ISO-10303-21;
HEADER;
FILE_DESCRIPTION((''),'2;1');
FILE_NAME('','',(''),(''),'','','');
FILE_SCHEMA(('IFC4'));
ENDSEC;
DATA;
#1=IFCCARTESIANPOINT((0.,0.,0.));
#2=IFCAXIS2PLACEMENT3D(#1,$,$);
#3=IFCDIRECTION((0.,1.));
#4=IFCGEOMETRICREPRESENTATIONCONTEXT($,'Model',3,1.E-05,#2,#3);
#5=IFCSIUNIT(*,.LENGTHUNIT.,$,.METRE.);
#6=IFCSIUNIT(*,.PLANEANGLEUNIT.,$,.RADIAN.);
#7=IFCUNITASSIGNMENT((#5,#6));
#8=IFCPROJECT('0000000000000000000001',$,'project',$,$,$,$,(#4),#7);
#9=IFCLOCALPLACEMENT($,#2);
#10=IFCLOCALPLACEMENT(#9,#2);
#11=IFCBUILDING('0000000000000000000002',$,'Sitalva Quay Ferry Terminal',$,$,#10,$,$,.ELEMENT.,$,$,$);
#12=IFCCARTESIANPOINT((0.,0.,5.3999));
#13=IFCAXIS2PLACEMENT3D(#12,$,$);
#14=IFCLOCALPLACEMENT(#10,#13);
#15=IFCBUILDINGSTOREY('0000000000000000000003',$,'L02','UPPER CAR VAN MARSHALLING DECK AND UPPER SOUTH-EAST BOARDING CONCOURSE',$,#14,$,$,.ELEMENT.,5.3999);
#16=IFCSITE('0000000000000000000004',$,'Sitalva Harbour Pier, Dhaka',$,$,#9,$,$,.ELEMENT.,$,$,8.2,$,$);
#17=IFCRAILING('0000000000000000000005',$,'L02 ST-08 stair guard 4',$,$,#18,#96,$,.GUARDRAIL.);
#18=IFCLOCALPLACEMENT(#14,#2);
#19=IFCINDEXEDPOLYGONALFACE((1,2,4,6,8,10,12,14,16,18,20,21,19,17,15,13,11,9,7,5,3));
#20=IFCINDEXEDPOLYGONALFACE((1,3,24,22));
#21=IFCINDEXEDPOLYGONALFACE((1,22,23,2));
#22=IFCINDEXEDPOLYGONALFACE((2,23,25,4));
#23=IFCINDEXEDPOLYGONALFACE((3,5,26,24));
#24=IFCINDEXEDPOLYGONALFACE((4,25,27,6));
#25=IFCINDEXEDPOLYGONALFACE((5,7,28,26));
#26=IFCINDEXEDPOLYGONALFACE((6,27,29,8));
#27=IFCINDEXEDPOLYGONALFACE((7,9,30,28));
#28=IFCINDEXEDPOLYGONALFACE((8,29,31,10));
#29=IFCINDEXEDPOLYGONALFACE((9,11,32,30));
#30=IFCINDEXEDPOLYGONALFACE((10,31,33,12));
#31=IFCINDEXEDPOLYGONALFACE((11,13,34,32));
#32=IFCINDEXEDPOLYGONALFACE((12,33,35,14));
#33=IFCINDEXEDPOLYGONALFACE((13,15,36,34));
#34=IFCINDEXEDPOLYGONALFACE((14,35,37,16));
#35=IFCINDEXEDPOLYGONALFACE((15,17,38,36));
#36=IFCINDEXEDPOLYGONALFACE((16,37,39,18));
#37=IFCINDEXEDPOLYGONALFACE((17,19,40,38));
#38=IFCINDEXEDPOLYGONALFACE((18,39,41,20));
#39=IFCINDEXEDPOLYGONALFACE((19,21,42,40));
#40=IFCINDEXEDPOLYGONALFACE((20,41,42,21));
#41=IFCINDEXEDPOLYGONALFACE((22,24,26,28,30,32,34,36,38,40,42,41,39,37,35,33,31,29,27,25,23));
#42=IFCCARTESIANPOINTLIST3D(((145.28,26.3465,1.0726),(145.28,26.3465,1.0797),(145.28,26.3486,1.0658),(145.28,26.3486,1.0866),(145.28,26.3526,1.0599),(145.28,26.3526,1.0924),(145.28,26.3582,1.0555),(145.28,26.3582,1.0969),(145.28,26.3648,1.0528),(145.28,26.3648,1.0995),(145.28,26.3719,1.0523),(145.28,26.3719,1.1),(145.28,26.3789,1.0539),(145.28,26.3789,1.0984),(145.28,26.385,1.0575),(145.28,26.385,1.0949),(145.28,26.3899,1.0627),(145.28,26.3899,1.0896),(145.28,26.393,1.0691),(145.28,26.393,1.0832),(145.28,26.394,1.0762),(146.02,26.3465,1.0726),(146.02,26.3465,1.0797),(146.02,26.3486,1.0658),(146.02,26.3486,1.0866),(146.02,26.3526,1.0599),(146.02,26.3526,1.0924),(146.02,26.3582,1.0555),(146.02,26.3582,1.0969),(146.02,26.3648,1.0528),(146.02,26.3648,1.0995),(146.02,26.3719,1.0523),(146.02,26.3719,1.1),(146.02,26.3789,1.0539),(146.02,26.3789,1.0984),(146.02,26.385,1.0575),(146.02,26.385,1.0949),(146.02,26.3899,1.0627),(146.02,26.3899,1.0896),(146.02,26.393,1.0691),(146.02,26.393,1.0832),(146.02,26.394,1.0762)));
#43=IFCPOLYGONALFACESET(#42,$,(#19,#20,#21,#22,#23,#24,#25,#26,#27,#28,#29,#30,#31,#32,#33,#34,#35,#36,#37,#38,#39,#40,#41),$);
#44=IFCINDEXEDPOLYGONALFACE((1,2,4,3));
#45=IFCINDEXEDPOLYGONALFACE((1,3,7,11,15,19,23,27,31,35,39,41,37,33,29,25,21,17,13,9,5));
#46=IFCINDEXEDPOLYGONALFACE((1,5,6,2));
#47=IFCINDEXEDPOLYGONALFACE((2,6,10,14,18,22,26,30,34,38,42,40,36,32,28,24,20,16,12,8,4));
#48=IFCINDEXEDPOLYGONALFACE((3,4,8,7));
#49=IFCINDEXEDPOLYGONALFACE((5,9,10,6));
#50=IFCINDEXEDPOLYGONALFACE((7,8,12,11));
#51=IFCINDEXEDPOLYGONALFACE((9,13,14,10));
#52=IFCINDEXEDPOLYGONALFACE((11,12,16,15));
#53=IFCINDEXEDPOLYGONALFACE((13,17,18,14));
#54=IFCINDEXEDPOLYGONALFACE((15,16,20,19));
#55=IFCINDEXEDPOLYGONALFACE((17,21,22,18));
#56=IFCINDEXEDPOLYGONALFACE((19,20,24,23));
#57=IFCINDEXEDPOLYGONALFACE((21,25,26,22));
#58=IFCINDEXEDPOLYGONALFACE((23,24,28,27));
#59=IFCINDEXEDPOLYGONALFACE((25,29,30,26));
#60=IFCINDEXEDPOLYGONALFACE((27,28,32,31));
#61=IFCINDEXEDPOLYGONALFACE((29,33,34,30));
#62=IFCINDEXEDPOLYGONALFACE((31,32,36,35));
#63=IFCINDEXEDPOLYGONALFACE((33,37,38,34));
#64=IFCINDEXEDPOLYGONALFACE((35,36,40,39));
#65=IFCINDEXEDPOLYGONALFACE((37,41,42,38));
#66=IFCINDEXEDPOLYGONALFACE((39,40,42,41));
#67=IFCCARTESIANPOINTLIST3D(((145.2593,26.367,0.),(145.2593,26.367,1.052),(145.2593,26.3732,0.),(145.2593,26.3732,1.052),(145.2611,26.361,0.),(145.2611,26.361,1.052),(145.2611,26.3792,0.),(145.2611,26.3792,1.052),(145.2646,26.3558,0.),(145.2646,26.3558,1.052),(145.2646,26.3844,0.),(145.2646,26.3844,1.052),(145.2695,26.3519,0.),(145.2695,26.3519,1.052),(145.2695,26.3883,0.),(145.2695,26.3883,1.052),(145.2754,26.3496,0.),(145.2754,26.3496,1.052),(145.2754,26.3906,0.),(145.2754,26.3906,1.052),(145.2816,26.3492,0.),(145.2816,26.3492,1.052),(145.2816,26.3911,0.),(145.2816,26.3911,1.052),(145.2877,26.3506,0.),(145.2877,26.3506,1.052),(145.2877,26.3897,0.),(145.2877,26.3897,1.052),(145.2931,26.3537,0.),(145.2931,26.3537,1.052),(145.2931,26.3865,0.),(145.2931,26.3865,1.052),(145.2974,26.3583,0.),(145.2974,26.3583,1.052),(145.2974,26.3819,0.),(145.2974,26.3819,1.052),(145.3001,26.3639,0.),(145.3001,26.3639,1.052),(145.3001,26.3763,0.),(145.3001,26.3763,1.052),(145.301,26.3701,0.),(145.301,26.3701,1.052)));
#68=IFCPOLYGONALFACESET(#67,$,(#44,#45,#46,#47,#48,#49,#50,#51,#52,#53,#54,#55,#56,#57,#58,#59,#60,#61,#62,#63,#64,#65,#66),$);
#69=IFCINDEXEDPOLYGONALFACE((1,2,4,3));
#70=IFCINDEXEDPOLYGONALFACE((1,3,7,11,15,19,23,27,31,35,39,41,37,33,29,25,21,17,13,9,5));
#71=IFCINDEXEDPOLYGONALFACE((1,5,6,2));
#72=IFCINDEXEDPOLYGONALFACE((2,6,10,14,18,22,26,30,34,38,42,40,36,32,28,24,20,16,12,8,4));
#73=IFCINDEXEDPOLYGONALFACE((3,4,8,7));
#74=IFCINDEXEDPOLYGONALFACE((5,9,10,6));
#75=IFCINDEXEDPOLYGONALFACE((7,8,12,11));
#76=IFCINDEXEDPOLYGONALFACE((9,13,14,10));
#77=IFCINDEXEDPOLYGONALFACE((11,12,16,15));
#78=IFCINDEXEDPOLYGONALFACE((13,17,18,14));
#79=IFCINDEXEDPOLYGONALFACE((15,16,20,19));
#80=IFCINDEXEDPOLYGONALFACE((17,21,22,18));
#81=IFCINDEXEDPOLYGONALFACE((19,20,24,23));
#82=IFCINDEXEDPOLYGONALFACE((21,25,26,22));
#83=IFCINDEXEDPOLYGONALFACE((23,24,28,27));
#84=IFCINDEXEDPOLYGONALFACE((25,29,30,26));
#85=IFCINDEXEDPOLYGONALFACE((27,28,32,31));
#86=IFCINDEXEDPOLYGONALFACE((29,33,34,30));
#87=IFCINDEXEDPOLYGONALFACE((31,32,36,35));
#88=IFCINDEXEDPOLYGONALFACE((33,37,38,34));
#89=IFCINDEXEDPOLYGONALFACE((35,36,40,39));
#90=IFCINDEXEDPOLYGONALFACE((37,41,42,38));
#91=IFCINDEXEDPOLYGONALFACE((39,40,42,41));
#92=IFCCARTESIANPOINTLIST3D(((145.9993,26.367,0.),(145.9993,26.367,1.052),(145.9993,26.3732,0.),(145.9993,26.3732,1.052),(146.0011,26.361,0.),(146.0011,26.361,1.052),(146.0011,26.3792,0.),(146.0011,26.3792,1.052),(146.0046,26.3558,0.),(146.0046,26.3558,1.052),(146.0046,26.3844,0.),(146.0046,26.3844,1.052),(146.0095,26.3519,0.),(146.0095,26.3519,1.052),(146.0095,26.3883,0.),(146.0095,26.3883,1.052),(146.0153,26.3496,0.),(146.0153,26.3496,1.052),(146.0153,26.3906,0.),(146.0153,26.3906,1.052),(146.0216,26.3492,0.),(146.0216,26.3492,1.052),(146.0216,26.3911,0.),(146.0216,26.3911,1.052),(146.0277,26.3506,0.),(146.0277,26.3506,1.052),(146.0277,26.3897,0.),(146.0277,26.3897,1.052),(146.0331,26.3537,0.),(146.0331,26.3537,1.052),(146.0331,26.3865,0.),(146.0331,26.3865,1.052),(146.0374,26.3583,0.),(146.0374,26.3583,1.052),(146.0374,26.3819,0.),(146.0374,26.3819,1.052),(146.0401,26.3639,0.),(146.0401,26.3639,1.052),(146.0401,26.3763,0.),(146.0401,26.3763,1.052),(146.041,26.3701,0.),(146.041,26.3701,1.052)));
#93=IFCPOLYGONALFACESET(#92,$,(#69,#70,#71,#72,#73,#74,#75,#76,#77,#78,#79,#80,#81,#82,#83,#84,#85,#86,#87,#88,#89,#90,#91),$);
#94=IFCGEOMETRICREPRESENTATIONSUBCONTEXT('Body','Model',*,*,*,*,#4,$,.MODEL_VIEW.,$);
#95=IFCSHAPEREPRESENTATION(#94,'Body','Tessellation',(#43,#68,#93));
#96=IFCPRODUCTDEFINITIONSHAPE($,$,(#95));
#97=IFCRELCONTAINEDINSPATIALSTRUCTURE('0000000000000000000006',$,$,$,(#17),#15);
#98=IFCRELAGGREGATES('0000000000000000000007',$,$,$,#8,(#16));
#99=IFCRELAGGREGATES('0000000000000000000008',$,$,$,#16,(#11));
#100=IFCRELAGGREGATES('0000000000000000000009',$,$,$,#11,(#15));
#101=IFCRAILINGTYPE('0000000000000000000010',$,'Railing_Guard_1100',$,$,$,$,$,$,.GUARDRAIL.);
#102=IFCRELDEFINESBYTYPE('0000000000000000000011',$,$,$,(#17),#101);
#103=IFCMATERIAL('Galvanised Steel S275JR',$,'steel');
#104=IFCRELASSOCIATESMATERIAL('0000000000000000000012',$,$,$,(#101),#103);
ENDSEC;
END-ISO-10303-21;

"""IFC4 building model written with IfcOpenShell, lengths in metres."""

from ifc_helpers import new_model, si_unit, direction, frame, origin, origin_2d, place, context, subcontext, project, spatial, circle, extrude, material, type_object, element, save


model = new_model("IFC4")

# Units and contexts
model_context = context("Model", 3, precision=1e-05, world=origin(), true_north=direction((0.0, 1.0)))
body_context = subcontext(model_context, "Body", "Model", "MODEL_VIEW")
ifc_project = project(units=[si_unit("LENGTHUNIT", "METRE"), si_unit("PLANEANGLEUNIT", "RADIAN")], contexts=[model_context])

# Site, building, storey
site_placement = place(None, origin())
site = spatial("IfcSite", under=ifc_project, at=site_placement, Name="Sitalva Harbour Pier, Dhaka", CompositionType="ELEMENT", RefElevation=8.2)
building_placement = place(site_placement, origin())
building = spatial("IfcBuilding", under=site, at=building_placement, Name="Sitalva Quay Ferry Terminal", CompositionType="ELEMENT")
storey_placement = place(building_placement, frame((0.0, 0.0, 5.3999)))
storey = spatial("IfcBuildingStorey", under=building, at=storey_placement, Name="L02", Description="UPPER CAR VAN MARSHALLING DECK AND UPPER SOUTH-EAST BOARDING CONCOURSE", CompositionType="ELEMENT", Elevation=5.3999)

# Railing
ifc_material_1 = material(Name="Galvanised Steel S275JR", Category="steel")
railing_type_1 = type_object("IfcRailingType", Name="Railing_Guard_1100", PredefinedType="GUARDRAIL", material=ifc_material_1)
railing_1_placement = place(storey_placement, frame((145.28, 26.3701, 0.0)))
element("IfcRailing", 1, at=railing_1_placement, inside=storey, type_object=railing_type_1, Name="L02 ST-08 stair guard 4", PredefinedType="GUARDRAIL", context=body_context, shape_type="SweptSolid", body=[
    extrude(circle(Radius=0.0239, at=origin_2d()), frame((0.0, 0.0, 1.0762), z_axis=(1.0, 0.0, 0.0), x_axis=(0.0, 1.0, 0.0)), (0.0, 0.0, 1.0), 0.74),
    extrude(circle(Radius=0.021, at=origin_2d()), origin(), (0.0, 0.0, 1.0), 1.052),
    extrude(circle(Radius=0.021, at=origin_2d()), frame((0.74, 0.0, 0.0)), (0.0, 0.0, 1.0), 1.052),
])

save(model, "model.ifc")
